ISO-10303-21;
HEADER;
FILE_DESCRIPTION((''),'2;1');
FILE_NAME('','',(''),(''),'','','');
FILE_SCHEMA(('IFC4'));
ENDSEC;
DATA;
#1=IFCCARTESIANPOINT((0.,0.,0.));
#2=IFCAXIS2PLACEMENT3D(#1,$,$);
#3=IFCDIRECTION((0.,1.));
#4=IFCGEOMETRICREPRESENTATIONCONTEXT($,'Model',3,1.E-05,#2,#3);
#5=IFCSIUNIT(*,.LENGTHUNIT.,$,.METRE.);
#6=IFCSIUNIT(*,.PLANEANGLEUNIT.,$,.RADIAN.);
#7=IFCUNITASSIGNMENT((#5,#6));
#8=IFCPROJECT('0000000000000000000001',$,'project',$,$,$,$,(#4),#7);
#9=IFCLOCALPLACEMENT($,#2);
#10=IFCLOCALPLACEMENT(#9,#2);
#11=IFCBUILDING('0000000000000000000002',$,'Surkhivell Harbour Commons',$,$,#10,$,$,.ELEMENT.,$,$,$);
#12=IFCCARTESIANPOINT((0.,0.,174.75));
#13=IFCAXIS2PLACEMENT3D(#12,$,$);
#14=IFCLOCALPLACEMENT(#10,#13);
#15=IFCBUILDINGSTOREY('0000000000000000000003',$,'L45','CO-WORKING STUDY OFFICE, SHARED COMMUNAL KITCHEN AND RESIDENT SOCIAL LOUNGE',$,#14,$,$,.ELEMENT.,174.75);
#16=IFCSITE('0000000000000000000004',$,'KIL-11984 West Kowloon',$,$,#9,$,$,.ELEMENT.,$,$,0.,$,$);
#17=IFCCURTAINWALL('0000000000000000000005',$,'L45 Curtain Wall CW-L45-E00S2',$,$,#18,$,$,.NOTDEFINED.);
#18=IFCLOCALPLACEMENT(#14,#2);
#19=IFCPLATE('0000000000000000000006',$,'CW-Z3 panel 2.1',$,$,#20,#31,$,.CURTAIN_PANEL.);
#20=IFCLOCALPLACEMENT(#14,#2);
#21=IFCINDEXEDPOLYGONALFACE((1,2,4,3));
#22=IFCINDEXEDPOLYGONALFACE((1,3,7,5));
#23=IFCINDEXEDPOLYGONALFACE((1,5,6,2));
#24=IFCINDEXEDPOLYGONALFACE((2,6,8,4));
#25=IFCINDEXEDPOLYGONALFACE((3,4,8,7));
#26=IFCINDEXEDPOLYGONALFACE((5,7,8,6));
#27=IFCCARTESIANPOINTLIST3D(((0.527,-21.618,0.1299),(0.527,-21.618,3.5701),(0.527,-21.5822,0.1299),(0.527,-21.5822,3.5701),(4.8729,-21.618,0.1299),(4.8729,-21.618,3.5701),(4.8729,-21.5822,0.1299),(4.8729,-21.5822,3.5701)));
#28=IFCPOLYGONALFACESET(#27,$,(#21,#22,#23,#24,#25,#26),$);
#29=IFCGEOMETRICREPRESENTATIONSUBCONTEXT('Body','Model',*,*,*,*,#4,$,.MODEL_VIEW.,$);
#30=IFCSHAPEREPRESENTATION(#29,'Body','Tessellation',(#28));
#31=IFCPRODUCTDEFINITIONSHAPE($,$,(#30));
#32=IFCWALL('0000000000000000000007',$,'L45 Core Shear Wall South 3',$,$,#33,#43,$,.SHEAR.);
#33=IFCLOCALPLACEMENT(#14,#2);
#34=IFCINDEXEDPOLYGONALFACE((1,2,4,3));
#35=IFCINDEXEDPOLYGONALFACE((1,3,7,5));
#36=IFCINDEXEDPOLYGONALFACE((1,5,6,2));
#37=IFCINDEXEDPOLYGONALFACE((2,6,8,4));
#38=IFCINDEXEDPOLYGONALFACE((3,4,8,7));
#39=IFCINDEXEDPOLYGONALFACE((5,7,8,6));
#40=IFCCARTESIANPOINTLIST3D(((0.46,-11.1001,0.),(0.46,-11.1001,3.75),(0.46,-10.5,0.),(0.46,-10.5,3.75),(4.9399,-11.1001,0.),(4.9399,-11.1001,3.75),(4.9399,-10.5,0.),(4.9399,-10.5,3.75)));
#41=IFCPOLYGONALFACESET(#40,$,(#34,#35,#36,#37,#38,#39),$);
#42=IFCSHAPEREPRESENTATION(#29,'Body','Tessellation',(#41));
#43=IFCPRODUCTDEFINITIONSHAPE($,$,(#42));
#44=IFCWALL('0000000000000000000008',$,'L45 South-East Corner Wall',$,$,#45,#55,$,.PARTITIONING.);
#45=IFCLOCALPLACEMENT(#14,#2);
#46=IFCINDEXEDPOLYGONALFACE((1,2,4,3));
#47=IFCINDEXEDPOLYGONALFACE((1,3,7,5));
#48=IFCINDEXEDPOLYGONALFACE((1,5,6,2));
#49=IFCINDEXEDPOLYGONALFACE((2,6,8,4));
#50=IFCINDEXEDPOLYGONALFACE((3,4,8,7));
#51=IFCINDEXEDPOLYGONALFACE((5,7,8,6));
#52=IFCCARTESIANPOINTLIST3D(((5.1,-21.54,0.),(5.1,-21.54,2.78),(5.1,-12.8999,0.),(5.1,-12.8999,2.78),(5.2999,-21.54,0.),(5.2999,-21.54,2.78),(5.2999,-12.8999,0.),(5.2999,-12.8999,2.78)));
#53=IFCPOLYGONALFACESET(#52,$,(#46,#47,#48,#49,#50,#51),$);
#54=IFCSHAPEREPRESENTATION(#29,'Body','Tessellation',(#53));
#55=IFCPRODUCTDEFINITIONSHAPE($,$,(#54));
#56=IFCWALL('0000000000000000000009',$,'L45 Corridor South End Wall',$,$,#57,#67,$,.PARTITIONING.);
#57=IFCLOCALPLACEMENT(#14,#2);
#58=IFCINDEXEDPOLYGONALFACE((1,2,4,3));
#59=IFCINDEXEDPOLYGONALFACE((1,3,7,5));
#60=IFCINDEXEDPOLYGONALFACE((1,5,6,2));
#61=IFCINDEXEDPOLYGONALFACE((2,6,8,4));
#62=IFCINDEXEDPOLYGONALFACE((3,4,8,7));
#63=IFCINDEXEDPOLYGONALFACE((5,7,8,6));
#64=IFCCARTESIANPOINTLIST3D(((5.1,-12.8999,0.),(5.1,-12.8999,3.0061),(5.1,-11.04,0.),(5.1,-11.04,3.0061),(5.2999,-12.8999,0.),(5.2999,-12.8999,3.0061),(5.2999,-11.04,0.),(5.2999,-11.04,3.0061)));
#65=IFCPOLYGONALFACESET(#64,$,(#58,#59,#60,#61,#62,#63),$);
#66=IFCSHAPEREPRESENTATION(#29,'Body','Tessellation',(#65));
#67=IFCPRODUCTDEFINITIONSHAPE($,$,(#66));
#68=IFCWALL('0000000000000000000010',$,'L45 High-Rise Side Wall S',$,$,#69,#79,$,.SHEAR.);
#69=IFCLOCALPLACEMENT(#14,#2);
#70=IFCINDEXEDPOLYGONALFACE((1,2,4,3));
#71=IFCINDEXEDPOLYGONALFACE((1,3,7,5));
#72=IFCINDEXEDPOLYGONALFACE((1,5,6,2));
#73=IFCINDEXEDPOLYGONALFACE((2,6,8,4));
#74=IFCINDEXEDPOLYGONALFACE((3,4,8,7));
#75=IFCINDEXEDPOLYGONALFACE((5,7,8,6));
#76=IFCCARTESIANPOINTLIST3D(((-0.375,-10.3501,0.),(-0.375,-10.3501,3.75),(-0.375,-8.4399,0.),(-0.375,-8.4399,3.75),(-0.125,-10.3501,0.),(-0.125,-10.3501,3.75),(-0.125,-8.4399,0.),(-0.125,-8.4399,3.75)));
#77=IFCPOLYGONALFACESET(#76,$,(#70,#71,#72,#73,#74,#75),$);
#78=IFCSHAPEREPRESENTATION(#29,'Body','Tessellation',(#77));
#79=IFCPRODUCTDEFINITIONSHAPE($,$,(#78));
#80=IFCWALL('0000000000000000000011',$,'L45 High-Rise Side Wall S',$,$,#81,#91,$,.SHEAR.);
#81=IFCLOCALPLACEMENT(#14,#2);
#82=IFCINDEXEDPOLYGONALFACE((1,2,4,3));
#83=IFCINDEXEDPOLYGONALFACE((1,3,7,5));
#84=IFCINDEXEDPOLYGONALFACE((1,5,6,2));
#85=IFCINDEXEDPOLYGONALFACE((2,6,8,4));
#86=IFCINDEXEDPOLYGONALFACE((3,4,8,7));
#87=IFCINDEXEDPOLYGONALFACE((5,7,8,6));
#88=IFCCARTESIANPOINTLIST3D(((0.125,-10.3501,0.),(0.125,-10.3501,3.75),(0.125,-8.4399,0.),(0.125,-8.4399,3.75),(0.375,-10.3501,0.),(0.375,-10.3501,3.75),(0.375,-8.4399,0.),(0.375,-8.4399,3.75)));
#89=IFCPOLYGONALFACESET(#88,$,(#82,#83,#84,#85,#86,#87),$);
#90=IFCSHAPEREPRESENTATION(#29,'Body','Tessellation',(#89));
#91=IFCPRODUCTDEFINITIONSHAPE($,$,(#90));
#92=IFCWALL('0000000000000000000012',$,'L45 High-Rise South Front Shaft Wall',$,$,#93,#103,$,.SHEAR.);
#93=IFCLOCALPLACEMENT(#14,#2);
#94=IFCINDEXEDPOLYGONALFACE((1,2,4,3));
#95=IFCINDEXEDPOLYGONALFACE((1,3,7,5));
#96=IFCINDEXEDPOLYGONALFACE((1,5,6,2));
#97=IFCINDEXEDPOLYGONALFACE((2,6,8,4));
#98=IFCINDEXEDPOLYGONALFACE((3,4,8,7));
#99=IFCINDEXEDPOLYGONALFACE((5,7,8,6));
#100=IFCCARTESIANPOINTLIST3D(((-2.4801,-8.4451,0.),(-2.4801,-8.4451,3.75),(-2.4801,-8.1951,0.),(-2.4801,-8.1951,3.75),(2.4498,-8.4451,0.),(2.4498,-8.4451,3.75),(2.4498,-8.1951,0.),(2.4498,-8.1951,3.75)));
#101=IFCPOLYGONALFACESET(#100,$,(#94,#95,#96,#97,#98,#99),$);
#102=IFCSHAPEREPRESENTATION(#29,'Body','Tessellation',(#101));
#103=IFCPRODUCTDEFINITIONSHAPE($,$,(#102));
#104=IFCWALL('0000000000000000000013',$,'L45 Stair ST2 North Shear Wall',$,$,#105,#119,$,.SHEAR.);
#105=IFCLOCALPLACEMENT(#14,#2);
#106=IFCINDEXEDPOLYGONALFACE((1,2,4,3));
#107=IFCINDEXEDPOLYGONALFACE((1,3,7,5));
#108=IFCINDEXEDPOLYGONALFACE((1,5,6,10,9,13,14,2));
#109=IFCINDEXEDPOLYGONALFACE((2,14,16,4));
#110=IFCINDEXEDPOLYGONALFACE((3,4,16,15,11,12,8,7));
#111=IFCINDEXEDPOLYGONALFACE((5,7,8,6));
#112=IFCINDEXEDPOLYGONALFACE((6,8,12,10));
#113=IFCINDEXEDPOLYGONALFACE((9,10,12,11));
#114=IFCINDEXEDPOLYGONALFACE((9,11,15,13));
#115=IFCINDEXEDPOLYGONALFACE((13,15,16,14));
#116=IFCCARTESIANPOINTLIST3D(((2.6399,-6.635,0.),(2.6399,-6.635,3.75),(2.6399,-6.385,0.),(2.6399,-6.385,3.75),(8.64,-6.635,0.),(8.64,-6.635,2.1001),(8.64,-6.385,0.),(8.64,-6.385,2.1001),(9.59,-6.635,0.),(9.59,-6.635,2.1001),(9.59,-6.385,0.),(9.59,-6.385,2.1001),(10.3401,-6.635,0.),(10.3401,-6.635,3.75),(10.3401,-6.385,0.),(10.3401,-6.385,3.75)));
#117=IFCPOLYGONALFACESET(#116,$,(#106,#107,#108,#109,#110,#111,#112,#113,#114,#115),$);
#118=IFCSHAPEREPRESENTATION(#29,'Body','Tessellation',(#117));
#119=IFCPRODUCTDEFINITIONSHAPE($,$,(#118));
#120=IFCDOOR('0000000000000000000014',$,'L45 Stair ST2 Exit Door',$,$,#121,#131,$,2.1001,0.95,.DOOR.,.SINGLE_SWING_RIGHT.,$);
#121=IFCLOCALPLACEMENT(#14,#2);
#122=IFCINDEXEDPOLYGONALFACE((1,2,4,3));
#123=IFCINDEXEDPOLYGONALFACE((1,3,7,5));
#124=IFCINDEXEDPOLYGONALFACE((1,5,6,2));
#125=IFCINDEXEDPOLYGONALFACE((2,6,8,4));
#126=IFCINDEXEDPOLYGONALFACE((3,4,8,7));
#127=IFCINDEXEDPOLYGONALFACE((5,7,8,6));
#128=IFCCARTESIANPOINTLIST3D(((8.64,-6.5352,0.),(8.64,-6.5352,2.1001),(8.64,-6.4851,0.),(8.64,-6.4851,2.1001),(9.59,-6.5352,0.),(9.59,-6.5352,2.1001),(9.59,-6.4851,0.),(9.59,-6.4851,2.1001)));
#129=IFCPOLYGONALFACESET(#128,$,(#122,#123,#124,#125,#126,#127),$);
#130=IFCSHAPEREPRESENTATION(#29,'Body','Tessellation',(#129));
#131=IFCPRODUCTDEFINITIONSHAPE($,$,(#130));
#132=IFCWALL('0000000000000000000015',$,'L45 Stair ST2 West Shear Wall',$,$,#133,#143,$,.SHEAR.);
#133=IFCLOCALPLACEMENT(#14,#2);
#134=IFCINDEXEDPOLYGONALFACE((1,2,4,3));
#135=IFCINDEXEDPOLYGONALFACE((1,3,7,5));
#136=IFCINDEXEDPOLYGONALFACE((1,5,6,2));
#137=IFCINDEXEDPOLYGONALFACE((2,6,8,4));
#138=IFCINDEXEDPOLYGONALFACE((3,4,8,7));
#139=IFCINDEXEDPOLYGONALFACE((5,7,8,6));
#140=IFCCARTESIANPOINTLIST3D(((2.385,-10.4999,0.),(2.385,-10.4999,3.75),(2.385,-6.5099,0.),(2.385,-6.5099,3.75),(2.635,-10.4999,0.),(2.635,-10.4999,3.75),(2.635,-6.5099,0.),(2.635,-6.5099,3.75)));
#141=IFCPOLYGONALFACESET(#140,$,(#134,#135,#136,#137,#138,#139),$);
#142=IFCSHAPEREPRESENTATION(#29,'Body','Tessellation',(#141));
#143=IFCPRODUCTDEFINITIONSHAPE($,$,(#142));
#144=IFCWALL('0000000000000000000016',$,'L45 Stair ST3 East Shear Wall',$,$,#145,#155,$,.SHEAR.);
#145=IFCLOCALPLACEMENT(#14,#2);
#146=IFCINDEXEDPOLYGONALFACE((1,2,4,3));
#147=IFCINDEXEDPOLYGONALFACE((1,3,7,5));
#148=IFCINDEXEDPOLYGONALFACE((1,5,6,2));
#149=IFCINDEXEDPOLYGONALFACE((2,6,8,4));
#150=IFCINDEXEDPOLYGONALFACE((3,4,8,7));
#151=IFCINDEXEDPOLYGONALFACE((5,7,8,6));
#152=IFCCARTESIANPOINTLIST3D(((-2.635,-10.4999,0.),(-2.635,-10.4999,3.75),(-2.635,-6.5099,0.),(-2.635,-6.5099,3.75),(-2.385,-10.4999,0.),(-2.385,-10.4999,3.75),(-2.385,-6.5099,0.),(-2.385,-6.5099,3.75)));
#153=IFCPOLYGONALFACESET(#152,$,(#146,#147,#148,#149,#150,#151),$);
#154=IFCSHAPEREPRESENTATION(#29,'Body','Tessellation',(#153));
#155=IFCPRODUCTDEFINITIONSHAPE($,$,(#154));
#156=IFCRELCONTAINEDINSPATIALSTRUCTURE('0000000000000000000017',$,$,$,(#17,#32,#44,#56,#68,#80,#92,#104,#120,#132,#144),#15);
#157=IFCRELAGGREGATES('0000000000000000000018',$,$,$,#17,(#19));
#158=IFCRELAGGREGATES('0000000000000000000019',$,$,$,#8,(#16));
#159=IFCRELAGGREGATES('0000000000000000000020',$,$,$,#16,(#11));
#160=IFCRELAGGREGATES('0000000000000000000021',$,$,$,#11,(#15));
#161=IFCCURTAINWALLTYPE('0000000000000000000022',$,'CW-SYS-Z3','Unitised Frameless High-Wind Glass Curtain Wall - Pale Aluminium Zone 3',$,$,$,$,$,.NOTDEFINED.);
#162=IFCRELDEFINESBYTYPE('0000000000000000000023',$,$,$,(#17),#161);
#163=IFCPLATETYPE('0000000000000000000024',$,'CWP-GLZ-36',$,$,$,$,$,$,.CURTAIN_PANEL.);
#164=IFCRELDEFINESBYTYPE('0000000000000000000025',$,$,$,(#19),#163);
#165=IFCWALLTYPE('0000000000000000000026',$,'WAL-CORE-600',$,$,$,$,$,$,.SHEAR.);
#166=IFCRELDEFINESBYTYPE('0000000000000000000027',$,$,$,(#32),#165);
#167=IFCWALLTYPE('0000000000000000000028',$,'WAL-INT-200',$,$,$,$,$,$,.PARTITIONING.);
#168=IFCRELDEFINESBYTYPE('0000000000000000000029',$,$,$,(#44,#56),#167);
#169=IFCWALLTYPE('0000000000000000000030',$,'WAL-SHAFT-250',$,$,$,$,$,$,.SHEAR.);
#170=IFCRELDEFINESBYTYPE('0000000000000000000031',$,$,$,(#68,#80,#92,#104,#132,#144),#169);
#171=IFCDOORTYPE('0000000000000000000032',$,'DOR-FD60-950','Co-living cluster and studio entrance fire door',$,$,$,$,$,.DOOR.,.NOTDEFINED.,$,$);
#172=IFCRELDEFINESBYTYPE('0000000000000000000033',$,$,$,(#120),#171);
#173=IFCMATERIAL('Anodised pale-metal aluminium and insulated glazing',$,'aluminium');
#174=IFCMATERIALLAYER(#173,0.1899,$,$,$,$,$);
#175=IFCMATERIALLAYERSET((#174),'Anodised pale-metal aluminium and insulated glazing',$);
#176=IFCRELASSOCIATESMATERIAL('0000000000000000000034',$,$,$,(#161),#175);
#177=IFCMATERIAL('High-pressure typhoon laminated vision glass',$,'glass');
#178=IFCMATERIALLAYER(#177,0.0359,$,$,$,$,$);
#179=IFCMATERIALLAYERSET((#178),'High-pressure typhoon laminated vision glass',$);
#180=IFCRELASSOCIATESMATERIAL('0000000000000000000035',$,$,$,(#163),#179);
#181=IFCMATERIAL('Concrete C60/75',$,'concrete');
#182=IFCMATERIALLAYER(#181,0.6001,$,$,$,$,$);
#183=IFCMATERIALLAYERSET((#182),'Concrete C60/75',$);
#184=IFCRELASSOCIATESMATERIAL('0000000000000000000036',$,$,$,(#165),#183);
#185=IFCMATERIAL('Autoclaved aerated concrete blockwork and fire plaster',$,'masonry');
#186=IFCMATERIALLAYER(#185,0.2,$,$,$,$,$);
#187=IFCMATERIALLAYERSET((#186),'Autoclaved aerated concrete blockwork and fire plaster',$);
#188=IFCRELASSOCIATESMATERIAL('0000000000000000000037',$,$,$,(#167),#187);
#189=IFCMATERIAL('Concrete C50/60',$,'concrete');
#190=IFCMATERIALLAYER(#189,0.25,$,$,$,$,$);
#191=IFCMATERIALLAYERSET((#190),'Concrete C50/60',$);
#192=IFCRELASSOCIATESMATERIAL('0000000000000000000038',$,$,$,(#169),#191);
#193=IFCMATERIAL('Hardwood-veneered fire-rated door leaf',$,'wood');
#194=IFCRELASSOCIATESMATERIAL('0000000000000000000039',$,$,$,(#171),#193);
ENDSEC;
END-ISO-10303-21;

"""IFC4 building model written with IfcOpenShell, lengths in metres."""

from ifc_helpers import new_model, si_unit, direction, frame, frame_2d, origin, place, context, subcontext, project, spatial, rectangle, extrude, material, layer, layer_set, type_object, element, fill, aggregate, save


model = new_model("IFC4")

# Units and contexts
model_context = context("Model", 3, precision=1e-05, world=origin(), true_north=direction((0.0, 1.0)))
body_context = subcontext(model_context, "Body", "Model", "MODEL_VIEW")
ifc_project = project(units=[si_unit("LENGTHUNIT", "METRE"), si_unit("PLANEANGLEUNIT", "RADIAN")], contexts=[model_context])

# Site, building, storey
site_placement = place(None, origin())
site = spatial("IfcSite", under=ifc_project, at=site_placement, Name="KIL-11984 West Kowloon", CompositionType="ELEMENT", RefElevation=0.0)
building_placement = place(site_placement, origin())
building = spatial("IfcBuilding", under=site, at=building_placement, Name="Surkhivell Harbour Commons", CompositionType="ELEMENT")
storey_placement = place(building_placement, frame((0.0, 0.0, 174.75)))
storey = spatial("IfcBuildingStorey", under=building, at=storey_placement, Name="L45", Description="CO-WORKING STUDY OFFICE, SHARED COMMUNAL KITCHEN AND RESIDENT SOCIAL LOUNGE", CompositionType="ELEMENT", Elevation=174.75)

# Shared definitions
ifc_material_1 = material(Name="Concrete C60/75", Category="concrete")

# Curtain wall, plate
ifc_material_2 = material(Name="Anodised pale-metal aluminium and insulated glazing", Category="aluminium")
ifc_layer_1 = layer(ifc_material_2, 0.1899)
ifc_layer_set_1 = layer_set([ifc_layer_1], Name="Anodised pale-metal aluminium and insulated glazing")
curtain_wall_type = type_object("IfcCurtainWallType", Name="CW-SYS-Z3", Description="Unitised Frameless High-Wind Glass Curtain Wall - Pale Aluminium Zone 3", PredefinedType="NOTDEFINED", material=ifc_layer_set_1)
curtain_wall_placement = place(storey_placement, origin())
curtain_wall = element("IfcCurtainWall", 1, at=curtain_wall_placement, inside=storey, type_object=curtain_wall_type, Name="L45 Curtain Wall CW-L45-E00S2", PredefinedType="NOTDEFINED")
ifc_material_3 = material(Name="High-pressure typhoon laminated vision glass", Category="glass")
ifc_layer_2 = layer(ifc_material_3, 0.0359)
ifc_layer_set_2 = layer_set([ifc_layer_2], Name="High-pressure typhoon laminated vision glass")
plate_type = type_object("IfcPlateType", Name="CWP-GLZ-36", PredefinedType="CURTAIN_PANEL", material=ifc_layer_set_2)
plate_placement = place(storey_placement, frame((0.5271, -21.6001, 0.1299), z_axis=(0.0, 0.0, 1.0), x_axis=(1.0, 0.0, 0.0)))
plate = element("IfcPlate", 2, at=plate_placement, type_object=plate_type, Name="CW-Z3 panel 2.1", PredefinedType="CURTAIN_PANEL", context=body_context, shape_type="SweptSolid", body=[
    extrude(rectangle(XDim=4.3459, YDim=0.0359, at=frame_2d((2.1729, 0.0))), origin(), (0.0, 0.0, 1.0), 3.4402),
])
aggregate(curtain_wall, [plate])

# Walls
ifc_layer_3 = layer(ifc_material_1, 0.6001)
ifc_layer_set_3 = layer_set([ifc_layer_3], Name="Concrete C60/75")
wall_type_1 = type_object("IfcWallType", Name="WAL-CORE-600", PredefinedType="SHEAR", material=ifc_layer_set_3)
wall_1_placement = place(storey_placement, frame((0.46, -10.8, 0.0), z_axis=(0.0, 0.0, 1.0), x_axis=(1.0, 0.0, 0.0)))
element("IfcWall", 3, at=wall_1_placement, inside=storey, type_object=wall_type_1, Name="L45 Core Shear Wall South 3", PredefinedType="SHEAR", context=body_context, shape_type="SweptSolid", body=[
    extrude(rectangle(XDim=4.48, YDim=0.6001, at=frame_2d((2.24, 0.0))), origin(), (0.0, 0.0, 1.0), 3.75),
])
ifc_material_4 = material(Name="Autoclaved aerated concrete blockwork and fire plaster", Category="masonry")
ifc_layer_4 = layer(ifc_material_4, 0.2)
ifc_layer_set_4 = layer_set([ifc_layer_4], Name="Autoclaved aerated concrete blockwork and fire plaster")
wall_type_2 = type_object("IfcWallType", Name="WAL-INT-200", PredefinedType="PARTITIONING", material=ifc_layer_set_4)
wall_2_placement = place(storey_placement, frame((5.2, -21.54, 0.0), z_axis=(0.0, 0.0, 1.0), x_axis=(0.0, 1.0, 0.0)))
element("IfcWall", 4, at=wall_2_placement, inside=storey, type_object=wall_type_2, Name="L45 South-East Corner Wall", PredefinedType="PARTITIONING", context=body_context, shape_type="SweptSolid", body=[
    extrude(rectangle(XDim=8.6401, YDim=0.2, at=frame_2d((4.3201, 0.0))), origin(), (0.0, 0.0, 1.0), 2.78),
])
wall_3_placement = place(storey_placement, frame((5.2, -12.8999, 0.0), z_axis=(0.0, 0.0, 1.0), x_axis=(0.0, 1.0, 0.0)))
element("IfcWall", 5, at=wall_3_placement, inside=storey, type_object=wall_type_2, Name="L45 Corridor South End Wall", PredefinedType="PARTITIONING", context=body_context, shape_type="SweptSolid", body=[
    extrude(rectangle(XDim=1.8599, YDim=0.2, at=frame_2d((0.9299, 0.0))), origin(), (0.0, 0.0, 1.0), 3.0061),
])
ifc_material_5 = material(Name="Concrete C50/60", Category="concrete")
ifc_layer_5 = layer(ifc_material_5, 0.25)
ifc_layer_set_5 = layer_set([ifc_layer_5], Name="Concrete C50/60")
wall_type_3 = type_object("IfcWallType", Name="WAL-SHAFT-250", PredefinedType="SHEAR", material=ifc_layer_set_5)
for number, where, z_axis, x_axis, name in (
    (6, (-0.25, -10.3501, 0.0), (0.0, 0.0, 1.0), (0.0, 1.0, 0.0), "L45 High-Rise Side Wall S"),
    (7, (0.25, -10.3501, 0.0), (0.0, 0.0, 1.0), (0.0, 1.0, 0.0), "L45 High-Rise Side Wall S"),
):
    element("IfcWall", number, at=place(storey_placement, frame(where, z_axis=z_axis, x_axis=x_axis)), inside=storey, type_object=wall_type_3, Name=name, PredefinedType="SHEAR", context=body_context, shape_type="SweptSolid", body=[
        extrude(rectangle(XDim=1.9102, YDim=0.25, at=frame_2d((0.9551, 0.0))), origin(), (0.0, 0.0, 1.0), 3.75),
    ])
wall_4_placement = place(storey_placement, frame((-2.48, -8.3201, 0.0), z_axis=(0.0, 0.0, 1.0), x_axis=(1.0, 0.0, 0.0)))
element("IfcWall", 8, at=wall_4_placement, inside=storey, type_object=wall_type_3, Name="L45 High-Rise South Front Shaft Wall", PredefinedType="SHEAR", context=body_context, shape_type="SweptSolid", body=[
    extrude(rectangle(XDim=4.9299, YDim=0.25, at=frame_2d((2.4648, 0.0))), origin(), (0.0, 0.0, 1.0), 3.75),
])

# Wall, opening, door
wall_5_placement = place(storey_placement, frame((2.6399, -6.51, 0.0), z_axis=(0.0, 0.0, 1.0), x_axis=(1.0, 0.0, 0.0)))
wall_5 = element("IfcWall", 9, at=wall_5_placement, inside=storey, type_object=wall_type_3, Name="L45 Stair ST2 North Shear Wall", PredefinedType="SHEAR", context=body_context, shape_type="SweptSolid", body=[
    extrude(rectangle(XDim=7.7002, YDim=0.25, at=frame_2d((3.8501, 0.0))), origin(), (0.0, 0.0, 1.0), 3.75),
])
opening_placement = place(wall_5_placement, frame((6.0, 0.0, 0.0)))
opening = element("IfcOpeningElement", 10, at=opening_placement, cuts=wall_5, PredefinedType="OPENING", context=body_context, shape_type="SweptSolid", body=[
    extrude(rectangle(XDim=0.95, YDim=2.1001, at=frame_2d((0.4751, 1.05))), frame((0.0, 0.135, 0.0), z_axis=(0.0, -1.0, 0.0), x_axis=(1.0, 0.0, 0.0)), (0.0, 0.0, 1.0), 0.27),
])
ifc_material_6 = material(Name="Hardwood-veneered fire-rated door leaf", Category="wood")
door_type = type_object("IfcDoorType", Name="DOR-FD60-950", Description="Co-living cluster and studio entrance fire door", OperationType="NOTDEFINED", PredefinedType="DOOR", material=ifc_material_6)
door_placement = place(opening_placement, origin())
door = element("IfcDoor", 11, at=door_placement, inside=storey, type_object=door_type, Name="L45 Stair ST2 Exit Door", OperationType="SINGLE_SWING_RIGHT", OverallHeight=2.1001, OverallWidth=0.95, PredefinedType="DOOR", context=body_context, shape_type="SweptSolid", body=[
    extrude(rectangle(XDim=0.95, YDim=2.1001, at=frame_2d((0.4751, 1.05))), frame((0.0, 0.0249, 0.0), z_axis=(0.0, -1.0, 0.0), x_axis=(1.0, 0.0, 0.0)), (0.0, 0.0, 1.0), 0.05),
])
fill(opening, door)

# Walls
for number, where, z_axis, x_axis, name in (
    (12, (2.51, -10.5, 0.0), (0.0, 0.0, 1.0), (0.0, 1.0, 0.0), "L45 Stair ST2 West Shear Wall"),
    (13, (-2.51, -10.5, 0.0), (0.0, 0.0, 1.0), (0.0, 1.0, 0.0), "L45 Stair ST3 East Shear Wall"),
):
    element("IfcWall", number, at=place(storey_placement, frame(where, z_axis=z_axis, x_axis=x_axis)), inside=storey, type_object=wall_type_3, Name=name, PredefinedType="SHEAR", context=body_context, shape_type="SweptSolid", body=[
        extrude(rectangle(XDim=3.99, YDim=0.25, at=frame_2d((1.9951, 0.0))), origin(), (0.0, 0.0, 1.0), 3.75),
    ])

save(model, "model.ifc")
